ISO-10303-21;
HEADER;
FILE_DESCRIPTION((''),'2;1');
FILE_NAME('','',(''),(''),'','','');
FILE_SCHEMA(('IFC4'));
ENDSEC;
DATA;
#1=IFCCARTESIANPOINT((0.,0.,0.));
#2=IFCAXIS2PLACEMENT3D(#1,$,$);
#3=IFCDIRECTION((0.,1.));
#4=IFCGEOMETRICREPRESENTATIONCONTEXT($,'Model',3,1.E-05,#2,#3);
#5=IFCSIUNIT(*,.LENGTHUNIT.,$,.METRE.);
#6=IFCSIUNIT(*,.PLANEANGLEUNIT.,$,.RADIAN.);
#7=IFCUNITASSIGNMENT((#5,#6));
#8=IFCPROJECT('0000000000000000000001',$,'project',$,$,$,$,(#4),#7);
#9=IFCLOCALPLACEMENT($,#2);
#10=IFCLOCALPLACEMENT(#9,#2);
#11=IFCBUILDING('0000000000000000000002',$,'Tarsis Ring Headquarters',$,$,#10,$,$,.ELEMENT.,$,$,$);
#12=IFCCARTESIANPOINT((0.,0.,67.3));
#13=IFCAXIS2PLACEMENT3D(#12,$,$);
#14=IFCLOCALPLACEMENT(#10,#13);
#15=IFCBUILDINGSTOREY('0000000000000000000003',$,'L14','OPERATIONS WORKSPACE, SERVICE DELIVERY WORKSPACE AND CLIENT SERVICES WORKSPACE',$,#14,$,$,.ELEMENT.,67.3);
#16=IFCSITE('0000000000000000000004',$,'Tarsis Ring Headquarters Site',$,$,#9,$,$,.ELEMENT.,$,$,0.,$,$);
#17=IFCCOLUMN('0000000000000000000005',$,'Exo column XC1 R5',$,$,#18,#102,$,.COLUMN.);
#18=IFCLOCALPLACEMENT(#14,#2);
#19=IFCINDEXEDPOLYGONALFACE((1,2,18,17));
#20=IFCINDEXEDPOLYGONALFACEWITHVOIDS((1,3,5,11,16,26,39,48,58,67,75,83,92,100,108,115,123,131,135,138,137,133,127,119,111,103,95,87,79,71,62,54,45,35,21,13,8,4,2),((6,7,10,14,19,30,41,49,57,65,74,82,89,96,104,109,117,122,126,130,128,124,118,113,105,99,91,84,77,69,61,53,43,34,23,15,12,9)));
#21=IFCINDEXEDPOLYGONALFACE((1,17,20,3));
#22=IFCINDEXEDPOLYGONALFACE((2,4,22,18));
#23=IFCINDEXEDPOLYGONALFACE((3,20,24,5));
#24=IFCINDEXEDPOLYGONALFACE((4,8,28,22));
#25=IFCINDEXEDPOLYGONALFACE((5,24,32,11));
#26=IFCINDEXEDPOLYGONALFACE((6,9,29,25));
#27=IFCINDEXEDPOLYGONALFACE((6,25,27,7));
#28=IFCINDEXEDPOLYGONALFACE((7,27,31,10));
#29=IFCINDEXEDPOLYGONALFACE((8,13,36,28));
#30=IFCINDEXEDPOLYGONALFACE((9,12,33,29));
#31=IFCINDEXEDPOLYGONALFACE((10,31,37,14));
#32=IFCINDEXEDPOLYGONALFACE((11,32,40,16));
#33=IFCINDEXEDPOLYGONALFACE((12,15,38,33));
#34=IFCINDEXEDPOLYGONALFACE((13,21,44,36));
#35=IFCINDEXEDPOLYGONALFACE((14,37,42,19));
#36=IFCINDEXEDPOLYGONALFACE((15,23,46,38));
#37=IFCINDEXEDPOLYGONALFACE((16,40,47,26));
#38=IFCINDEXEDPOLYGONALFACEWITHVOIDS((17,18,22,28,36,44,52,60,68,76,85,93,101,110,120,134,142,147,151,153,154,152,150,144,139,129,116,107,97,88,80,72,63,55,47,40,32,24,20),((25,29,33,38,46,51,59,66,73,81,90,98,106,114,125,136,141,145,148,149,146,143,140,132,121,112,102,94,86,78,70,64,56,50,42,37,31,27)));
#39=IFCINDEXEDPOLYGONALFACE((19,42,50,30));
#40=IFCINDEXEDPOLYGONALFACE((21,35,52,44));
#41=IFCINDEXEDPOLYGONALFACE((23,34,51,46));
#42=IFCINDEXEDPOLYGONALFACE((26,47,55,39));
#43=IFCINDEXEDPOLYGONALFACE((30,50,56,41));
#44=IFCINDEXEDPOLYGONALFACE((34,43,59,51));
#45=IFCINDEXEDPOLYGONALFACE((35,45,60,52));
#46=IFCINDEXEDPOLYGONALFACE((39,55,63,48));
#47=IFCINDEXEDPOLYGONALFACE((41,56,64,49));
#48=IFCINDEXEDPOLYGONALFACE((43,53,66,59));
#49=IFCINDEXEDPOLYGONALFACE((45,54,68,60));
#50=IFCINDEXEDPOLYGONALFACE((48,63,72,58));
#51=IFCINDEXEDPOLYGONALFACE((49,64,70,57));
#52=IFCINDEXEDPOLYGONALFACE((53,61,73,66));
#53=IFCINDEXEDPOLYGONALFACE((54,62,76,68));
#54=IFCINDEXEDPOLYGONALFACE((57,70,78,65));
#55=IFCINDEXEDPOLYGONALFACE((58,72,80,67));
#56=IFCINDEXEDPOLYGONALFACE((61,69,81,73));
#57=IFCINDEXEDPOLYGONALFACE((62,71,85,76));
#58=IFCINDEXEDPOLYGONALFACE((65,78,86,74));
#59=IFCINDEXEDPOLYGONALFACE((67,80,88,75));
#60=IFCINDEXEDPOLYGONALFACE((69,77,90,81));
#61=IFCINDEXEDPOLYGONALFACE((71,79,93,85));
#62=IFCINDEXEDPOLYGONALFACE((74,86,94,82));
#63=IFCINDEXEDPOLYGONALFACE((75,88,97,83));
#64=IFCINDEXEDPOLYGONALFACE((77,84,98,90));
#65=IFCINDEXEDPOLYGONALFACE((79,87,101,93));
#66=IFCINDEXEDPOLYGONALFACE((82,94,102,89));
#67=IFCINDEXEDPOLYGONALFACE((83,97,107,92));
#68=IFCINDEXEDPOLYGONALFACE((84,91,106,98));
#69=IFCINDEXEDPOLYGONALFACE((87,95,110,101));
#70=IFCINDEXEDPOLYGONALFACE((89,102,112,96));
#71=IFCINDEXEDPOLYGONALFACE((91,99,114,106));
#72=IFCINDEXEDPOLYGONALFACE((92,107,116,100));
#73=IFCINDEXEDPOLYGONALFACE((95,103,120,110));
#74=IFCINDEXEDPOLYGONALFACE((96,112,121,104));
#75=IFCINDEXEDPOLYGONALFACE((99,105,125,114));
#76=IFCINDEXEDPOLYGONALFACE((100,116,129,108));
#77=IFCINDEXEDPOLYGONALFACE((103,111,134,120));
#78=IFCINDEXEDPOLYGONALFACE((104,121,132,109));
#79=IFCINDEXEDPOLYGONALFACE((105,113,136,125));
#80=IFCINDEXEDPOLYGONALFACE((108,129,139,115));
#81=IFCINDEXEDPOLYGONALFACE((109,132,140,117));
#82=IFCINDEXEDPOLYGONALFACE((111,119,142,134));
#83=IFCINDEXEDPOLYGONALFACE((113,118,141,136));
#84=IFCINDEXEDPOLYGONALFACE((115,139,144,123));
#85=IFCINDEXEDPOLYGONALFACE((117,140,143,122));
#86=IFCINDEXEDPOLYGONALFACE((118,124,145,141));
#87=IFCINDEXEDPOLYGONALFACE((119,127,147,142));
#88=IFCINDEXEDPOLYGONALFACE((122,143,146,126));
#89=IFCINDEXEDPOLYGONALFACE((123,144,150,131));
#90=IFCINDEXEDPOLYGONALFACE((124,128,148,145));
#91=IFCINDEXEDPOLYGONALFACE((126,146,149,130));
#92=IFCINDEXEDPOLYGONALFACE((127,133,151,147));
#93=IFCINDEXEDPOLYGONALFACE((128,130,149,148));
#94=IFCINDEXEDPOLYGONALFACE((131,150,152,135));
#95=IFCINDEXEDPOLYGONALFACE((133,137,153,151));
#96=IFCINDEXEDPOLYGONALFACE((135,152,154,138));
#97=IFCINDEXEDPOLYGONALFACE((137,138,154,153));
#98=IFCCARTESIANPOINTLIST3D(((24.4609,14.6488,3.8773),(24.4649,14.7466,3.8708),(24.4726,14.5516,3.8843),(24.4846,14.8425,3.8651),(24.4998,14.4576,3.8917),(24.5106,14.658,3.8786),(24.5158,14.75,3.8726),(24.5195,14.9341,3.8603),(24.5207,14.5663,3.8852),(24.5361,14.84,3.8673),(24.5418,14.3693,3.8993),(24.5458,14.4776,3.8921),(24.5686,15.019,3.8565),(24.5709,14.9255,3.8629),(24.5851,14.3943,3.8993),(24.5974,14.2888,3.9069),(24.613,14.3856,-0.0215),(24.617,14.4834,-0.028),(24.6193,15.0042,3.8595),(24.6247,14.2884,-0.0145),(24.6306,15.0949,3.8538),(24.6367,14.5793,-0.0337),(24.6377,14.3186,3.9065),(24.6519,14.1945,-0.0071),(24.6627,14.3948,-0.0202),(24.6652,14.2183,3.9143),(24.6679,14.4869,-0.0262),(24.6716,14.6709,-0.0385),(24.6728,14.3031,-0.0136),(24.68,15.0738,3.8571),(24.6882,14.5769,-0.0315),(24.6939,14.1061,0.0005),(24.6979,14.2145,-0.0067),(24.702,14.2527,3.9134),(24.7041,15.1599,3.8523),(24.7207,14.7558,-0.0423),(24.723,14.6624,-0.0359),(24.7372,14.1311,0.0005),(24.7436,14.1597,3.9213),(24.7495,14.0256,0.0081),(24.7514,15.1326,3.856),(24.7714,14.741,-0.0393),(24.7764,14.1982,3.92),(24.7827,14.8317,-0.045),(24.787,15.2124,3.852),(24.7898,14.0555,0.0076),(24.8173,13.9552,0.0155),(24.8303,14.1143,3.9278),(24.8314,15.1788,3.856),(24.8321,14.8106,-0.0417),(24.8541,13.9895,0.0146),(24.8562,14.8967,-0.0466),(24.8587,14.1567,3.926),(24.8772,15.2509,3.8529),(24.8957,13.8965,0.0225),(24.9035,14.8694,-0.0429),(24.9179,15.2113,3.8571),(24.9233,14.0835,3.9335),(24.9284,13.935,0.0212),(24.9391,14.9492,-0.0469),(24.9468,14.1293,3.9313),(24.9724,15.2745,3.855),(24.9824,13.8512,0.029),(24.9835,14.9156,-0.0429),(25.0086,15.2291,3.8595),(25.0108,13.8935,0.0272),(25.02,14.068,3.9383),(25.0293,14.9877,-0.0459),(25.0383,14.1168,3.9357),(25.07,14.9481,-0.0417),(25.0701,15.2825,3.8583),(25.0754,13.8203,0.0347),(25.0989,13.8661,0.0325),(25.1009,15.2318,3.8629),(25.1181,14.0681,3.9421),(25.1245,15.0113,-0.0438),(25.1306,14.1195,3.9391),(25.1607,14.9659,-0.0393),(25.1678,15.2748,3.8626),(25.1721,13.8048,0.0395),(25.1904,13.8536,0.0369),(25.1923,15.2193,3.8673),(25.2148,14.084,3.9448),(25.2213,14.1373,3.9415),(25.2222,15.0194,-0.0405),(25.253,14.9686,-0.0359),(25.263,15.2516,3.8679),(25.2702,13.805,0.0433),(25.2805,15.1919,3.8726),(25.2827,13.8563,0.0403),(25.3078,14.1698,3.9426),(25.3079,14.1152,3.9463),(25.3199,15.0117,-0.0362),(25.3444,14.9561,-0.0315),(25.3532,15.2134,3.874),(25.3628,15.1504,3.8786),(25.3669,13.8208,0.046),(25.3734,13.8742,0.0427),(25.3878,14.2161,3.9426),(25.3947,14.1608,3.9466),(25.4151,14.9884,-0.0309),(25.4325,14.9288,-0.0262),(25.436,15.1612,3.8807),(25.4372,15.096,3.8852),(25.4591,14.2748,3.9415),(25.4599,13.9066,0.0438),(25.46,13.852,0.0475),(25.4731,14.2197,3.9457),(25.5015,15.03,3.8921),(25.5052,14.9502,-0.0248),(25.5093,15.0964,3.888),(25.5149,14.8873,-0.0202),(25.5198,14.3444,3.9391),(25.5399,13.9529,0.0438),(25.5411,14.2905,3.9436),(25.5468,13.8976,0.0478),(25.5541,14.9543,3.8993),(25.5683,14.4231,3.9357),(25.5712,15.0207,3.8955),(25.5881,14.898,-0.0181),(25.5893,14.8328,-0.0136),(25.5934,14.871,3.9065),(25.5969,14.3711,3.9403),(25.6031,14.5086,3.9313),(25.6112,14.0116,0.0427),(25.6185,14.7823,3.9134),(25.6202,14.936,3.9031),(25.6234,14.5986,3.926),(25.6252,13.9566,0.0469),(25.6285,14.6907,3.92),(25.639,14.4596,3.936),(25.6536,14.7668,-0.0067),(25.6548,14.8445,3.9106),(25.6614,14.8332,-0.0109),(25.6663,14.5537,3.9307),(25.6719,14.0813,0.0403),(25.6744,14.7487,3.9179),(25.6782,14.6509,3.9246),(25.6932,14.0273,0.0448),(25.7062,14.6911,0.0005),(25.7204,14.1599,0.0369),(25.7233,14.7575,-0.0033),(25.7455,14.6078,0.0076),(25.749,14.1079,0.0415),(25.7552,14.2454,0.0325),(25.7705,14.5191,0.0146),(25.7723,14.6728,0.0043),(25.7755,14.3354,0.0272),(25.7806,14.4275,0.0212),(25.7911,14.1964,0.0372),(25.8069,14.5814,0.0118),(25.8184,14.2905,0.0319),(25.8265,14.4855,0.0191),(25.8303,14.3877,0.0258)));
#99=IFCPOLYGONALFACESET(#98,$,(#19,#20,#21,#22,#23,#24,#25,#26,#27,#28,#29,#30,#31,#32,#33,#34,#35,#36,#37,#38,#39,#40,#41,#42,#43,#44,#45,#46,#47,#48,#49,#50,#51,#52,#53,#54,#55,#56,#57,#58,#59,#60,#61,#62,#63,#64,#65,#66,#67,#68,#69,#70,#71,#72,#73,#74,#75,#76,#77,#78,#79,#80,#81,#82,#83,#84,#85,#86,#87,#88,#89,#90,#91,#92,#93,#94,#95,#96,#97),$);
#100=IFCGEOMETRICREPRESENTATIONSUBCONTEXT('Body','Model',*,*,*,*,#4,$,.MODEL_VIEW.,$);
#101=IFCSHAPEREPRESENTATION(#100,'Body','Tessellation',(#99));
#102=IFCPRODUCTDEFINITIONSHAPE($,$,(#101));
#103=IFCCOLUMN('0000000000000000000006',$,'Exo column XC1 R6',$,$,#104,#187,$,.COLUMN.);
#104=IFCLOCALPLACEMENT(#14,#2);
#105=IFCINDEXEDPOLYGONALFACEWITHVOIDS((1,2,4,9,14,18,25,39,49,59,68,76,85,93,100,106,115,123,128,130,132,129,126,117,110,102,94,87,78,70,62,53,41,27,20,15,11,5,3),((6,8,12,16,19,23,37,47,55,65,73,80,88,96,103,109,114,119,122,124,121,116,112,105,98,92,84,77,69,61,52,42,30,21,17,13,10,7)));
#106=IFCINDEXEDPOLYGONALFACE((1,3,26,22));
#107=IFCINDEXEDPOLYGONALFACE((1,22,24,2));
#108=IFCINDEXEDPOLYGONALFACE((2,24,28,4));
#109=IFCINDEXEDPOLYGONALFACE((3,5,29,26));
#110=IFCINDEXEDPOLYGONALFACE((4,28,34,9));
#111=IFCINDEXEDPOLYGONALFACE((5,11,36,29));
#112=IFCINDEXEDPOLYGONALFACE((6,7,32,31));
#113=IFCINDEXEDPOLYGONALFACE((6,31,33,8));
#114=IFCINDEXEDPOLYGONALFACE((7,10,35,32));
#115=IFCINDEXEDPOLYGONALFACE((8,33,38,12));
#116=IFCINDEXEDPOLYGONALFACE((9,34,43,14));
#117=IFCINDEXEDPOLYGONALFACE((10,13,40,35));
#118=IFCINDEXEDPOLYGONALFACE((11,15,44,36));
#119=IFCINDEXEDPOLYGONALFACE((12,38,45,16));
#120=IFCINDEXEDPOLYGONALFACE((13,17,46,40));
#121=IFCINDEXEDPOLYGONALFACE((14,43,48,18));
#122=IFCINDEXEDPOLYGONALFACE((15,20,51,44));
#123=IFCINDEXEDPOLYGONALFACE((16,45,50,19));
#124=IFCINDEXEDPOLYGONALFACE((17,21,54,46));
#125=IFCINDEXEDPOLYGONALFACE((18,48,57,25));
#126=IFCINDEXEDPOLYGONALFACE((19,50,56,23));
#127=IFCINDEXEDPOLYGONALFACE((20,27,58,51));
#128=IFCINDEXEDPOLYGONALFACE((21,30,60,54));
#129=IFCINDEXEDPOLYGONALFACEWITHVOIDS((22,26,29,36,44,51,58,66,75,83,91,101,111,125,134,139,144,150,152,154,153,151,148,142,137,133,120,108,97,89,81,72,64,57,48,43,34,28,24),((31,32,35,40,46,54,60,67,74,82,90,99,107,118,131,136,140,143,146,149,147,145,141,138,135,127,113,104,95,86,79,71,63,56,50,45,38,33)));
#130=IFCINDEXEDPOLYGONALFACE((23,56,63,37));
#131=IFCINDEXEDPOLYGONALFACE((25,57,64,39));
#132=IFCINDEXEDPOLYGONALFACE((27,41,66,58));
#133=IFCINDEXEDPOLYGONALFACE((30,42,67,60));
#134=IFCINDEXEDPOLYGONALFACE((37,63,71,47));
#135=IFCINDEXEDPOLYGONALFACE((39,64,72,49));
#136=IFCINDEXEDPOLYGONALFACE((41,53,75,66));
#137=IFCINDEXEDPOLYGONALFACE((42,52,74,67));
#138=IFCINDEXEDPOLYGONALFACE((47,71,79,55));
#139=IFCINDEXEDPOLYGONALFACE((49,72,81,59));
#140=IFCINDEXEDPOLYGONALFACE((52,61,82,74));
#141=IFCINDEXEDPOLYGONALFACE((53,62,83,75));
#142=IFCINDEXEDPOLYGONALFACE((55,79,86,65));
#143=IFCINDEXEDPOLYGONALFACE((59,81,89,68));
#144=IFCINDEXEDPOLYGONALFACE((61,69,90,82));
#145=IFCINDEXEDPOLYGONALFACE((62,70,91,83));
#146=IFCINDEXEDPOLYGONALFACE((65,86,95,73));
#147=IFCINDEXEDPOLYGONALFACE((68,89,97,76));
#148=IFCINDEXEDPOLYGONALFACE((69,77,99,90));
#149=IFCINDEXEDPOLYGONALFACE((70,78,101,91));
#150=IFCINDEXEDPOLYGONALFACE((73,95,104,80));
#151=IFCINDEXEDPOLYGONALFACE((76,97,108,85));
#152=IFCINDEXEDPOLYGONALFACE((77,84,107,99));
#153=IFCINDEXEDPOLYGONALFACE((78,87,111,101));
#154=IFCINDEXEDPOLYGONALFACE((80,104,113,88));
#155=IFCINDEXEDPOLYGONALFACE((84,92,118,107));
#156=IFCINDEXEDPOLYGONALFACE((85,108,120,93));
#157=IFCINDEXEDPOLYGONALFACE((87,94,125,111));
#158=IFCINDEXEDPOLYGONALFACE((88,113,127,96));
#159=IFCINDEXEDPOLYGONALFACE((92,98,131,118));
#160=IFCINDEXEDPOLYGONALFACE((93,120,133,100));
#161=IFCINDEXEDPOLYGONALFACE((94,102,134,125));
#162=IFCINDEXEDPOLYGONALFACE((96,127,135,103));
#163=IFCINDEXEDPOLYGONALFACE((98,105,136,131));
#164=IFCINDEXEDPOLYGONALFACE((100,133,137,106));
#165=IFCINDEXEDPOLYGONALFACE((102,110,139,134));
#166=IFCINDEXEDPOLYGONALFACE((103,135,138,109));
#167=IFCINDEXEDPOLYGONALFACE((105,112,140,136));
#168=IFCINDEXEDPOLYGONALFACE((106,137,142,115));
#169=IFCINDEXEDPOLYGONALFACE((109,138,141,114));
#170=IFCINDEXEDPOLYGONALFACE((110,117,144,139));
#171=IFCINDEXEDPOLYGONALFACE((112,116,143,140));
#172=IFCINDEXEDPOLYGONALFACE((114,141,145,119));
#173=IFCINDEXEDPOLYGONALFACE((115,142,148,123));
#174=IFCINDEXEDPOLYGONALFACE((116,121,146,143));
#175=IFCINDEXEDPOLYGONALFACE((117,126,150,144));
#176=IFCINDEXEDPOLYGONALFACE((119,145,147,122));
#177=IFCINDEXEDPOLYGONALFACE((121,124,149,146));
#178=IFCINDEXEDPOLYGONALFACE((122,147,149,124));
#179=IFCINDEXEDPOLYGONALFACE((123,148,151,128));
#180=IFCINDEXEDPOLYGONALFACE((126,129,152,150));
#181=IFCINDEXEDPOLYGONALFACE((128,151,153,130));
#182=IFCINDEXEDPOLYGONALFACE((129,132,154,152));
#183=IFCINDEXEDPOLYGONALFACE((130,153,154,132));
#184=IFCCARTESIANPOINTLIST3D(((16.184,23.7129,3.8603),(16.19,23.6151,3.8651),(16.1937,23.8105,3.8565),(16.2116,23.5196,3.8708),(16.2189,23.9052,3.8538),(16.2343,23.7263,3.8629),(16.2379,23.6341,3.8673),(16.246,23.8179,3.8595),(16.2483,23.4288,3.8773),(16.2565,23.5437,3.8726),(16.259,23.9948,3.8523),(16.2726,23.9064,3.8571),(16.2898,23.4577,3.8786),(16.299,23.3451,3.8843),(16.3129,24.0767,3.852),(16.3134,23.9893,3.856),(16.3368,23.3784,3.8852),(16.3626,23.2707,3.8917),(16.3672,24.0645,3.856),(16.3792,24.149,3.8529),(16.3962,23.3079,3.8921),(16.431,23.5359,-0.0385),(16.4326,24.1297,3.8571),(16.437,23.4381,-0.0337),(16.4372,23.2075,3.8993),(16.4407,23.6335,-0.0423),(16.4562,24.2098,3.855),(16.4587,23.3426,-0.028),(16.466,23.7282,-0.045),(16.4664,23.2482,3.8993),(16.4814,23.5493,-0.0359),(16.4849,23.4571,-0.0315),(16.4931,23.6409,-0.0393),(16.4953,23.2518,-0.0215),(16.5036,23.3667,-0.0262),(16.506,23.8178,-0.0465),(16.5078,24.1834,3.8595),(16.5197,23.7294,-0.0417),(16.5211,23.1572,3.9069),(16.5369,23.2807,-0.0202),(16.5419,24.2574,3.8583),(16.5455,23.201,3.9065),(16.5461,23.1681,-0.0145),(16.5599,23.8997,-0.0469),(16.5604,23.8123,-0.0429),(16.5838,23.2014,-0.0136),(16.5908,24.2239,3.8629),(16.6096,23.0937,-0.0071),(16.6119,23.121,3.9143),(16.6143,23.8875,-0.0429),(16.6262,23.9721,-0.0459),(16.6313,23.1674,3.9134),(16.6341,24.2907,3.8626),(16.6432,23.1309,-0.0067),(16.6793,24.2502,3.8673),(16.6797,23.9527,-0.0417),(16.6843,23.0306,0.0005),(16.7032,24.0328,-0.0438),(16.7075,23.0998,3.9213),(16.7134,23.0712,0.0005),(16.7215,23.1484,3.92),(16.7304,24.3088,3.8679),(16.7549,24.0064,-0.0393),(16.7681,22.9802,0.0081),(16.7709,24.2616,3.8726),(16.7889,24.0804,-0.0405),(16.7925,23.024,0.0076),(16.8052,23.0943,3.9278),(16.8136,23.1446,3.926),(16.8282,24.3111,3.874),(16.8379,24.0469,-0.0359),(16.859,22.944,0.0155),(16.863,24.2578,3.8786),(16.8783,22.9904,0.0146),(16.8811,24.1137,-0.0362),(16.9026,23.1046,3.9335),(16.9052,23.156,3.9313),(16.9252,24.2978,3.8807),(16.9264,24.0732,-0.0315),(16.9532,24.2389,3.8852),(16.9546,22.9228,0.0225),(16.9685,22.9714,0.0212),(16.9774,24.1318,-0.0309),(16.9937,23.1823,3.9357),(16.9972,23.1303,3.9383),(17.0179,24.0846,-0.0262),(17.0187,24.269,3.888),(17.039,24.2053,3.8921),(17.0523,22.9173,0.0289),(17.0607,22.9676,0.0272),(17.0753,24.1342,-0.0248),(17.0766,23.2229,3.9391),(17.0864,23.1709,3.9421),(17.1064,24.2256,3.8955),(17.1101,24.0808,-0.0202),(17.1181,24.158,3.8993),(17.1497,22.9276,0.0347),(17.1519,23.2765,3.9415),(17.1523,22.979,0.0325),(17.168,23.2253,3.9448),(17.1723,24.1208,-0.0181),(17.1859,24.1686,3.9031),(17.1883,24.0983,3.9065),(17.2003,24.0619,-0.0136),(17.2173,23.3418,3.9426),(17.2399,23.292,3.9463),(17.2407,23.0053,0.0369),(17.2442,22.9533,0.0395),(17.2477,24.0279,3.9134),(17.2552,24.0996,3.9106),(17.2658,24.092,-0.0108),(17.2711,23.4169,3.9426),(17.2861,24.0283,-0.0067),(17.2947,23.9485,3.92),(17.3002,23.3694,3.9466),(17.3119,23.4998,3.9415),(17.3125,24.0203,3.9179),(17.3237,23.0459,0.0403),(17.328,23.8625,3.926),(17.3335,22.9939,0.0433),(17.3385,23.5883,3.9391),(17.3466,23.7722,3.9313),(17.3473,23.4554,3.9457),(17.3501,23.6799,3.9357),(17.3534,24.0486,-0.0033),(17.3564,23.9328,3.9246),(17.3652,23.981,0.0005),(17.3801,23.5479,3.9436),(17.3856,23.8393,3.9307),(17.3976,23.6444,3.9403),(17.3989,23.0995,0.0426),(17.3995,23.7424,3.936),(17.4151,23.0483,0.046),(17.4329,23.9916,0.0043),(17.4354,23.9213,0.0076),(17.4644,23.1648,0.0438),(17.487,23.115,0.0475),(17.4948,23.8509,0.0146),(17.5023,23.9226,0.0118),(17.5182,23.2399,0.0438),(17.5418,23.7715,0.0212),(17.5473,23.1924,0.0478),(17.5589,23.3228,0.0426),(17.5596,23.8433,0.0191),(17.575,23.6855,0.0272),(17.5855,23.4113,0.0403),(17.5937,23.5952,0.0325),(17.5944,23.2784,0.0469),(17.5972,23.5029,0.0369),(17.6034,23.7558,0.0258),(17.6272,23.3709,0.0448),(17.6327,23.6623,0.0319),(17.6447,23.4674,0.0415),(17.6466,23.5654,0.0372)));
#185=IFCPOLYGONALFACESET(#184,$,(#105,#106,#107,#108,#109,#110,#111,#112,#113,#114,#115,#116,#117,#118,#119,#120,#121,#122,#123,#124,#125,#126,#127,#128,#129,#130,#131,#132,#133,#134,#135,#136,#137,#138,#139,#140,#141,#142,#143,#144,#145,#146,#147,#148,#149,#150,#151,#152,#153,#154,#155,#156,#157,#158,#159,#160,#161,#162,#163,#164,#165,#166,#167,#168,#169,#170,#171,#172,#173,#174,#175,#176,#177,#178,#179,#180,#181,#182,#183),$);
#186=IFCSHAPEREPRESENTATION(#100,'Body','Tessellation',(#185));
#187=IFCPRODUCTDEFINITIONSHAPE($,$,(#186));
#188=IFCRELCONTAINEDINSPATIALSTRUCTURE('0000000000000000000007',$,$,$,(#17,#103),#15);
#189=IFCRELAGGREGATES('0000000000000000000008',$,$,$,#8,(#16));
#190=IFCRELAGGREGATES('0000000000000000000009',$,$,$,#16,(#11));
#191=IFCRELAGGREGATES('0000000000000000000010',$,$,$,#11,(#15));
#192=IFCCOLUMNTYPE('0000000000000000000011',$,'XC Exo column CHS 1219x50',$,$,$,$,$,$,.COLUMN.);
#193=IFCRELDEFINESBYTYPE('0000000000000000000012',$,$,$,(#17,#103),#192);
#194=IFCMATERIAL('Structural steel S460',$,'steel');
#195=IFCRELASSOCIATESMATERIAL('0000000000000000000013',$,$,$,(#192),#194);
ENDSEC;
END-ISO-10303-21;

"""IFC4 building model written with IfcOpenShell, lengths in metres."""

from ifc_helpers import new_model, si_unit, direction, frame, origin, origin_2d, place, context, subcontext, project, spatial, hollow_circle, extrude, material, material_profile, profile_set, type_object, element, save


model = new_model("IFC4")

# Units and contexts
model_context = context("Model", 3, precision=1e-05, world=origin(), true_north=direction((0.0, 1.0)))
body_context = subcontext(model_context, "Body", "Model", "MODEL_VIEW")
ifc_project = project(units=[si_unit("LENGTHUNIT", "METRE"), si_unit("PLANEANGLEUNIT", "RADIAN")], contexts=[model_context])

# Site, building, storey
site_placement = place(None, origin())
site = spatial("IfcSite", under=ifc_project, at=site_placement, Name="Tarsis Ring Headquarters Site", CompositionType="ELEMENT", RefElevation=0.0)
building_placement = place(site_placement, origin())
building = spatial("IfcBuilding", under=site, at=building_placement, Name="Tarsis Ring Headquarters", CompositionType="ELEMENT")
storey_placement = place(building_placement, frame((0.0, 0.0, 67.3)))
storey = spatial("IfcBuildingStorey", under=building, at=storey_placement, Name="L14", Description="OPERATIONS WORKSPACE, SERVICE DELIVERY WORKSPACE AND CLIENT SERVICES WORKSPACE", CompositionType="ELEMENT", Elevation=67.3)

# Columns
ifc_material_1 = material(Name="Structural steel S460", Category="steel")
ifc_material_profile_1 = material_profile(ifc_material_1, hollow_circle(Radius=0.6096, WallThickness=0.05, at=origin_2d()), Name="CHS 1219x50")
ifc_profile_set_1 = profile_set([ifc_material_profile_1], Name="Structural steel S460")
column_type = type_object("IfcColumnType", Name="XC Exo column CHS 1219x50", PredefinedType="COLUMN", material=ifc_profile_set_1)
for number, where, z_axis, x_axis, name in (
    (1, (25.2217, 14.4111, 0.0005), (-0.038893, 0.067297, 0.996975), (-0.865811, -0.500371, 0.0), "Exo column XC1 R5"),
    (2, (17.0393, 23.5261, 0.0005), (-0.063177, 0.04526, 0.996976), (-0.582377, -0.812919, 0.0), "Exo column XC1 R6"),
):
    element("IfcColumn", number, at=place(storey_placement, frame(where, z_axis=z_axis, x_axis=x_axis)), inside=storey, type_object=column_type, Name=name, PredefinedType="COLUMN", context=body_context, shape_type="SweptSolid", body=[
        extrude(hollow_circle(Radius=0.6096, WallThickness=0.05, at=origin_2d()), origin(), (0.0, 0.0, 1.0), 3.9106),
    ])

save(model, "model.ifc")
